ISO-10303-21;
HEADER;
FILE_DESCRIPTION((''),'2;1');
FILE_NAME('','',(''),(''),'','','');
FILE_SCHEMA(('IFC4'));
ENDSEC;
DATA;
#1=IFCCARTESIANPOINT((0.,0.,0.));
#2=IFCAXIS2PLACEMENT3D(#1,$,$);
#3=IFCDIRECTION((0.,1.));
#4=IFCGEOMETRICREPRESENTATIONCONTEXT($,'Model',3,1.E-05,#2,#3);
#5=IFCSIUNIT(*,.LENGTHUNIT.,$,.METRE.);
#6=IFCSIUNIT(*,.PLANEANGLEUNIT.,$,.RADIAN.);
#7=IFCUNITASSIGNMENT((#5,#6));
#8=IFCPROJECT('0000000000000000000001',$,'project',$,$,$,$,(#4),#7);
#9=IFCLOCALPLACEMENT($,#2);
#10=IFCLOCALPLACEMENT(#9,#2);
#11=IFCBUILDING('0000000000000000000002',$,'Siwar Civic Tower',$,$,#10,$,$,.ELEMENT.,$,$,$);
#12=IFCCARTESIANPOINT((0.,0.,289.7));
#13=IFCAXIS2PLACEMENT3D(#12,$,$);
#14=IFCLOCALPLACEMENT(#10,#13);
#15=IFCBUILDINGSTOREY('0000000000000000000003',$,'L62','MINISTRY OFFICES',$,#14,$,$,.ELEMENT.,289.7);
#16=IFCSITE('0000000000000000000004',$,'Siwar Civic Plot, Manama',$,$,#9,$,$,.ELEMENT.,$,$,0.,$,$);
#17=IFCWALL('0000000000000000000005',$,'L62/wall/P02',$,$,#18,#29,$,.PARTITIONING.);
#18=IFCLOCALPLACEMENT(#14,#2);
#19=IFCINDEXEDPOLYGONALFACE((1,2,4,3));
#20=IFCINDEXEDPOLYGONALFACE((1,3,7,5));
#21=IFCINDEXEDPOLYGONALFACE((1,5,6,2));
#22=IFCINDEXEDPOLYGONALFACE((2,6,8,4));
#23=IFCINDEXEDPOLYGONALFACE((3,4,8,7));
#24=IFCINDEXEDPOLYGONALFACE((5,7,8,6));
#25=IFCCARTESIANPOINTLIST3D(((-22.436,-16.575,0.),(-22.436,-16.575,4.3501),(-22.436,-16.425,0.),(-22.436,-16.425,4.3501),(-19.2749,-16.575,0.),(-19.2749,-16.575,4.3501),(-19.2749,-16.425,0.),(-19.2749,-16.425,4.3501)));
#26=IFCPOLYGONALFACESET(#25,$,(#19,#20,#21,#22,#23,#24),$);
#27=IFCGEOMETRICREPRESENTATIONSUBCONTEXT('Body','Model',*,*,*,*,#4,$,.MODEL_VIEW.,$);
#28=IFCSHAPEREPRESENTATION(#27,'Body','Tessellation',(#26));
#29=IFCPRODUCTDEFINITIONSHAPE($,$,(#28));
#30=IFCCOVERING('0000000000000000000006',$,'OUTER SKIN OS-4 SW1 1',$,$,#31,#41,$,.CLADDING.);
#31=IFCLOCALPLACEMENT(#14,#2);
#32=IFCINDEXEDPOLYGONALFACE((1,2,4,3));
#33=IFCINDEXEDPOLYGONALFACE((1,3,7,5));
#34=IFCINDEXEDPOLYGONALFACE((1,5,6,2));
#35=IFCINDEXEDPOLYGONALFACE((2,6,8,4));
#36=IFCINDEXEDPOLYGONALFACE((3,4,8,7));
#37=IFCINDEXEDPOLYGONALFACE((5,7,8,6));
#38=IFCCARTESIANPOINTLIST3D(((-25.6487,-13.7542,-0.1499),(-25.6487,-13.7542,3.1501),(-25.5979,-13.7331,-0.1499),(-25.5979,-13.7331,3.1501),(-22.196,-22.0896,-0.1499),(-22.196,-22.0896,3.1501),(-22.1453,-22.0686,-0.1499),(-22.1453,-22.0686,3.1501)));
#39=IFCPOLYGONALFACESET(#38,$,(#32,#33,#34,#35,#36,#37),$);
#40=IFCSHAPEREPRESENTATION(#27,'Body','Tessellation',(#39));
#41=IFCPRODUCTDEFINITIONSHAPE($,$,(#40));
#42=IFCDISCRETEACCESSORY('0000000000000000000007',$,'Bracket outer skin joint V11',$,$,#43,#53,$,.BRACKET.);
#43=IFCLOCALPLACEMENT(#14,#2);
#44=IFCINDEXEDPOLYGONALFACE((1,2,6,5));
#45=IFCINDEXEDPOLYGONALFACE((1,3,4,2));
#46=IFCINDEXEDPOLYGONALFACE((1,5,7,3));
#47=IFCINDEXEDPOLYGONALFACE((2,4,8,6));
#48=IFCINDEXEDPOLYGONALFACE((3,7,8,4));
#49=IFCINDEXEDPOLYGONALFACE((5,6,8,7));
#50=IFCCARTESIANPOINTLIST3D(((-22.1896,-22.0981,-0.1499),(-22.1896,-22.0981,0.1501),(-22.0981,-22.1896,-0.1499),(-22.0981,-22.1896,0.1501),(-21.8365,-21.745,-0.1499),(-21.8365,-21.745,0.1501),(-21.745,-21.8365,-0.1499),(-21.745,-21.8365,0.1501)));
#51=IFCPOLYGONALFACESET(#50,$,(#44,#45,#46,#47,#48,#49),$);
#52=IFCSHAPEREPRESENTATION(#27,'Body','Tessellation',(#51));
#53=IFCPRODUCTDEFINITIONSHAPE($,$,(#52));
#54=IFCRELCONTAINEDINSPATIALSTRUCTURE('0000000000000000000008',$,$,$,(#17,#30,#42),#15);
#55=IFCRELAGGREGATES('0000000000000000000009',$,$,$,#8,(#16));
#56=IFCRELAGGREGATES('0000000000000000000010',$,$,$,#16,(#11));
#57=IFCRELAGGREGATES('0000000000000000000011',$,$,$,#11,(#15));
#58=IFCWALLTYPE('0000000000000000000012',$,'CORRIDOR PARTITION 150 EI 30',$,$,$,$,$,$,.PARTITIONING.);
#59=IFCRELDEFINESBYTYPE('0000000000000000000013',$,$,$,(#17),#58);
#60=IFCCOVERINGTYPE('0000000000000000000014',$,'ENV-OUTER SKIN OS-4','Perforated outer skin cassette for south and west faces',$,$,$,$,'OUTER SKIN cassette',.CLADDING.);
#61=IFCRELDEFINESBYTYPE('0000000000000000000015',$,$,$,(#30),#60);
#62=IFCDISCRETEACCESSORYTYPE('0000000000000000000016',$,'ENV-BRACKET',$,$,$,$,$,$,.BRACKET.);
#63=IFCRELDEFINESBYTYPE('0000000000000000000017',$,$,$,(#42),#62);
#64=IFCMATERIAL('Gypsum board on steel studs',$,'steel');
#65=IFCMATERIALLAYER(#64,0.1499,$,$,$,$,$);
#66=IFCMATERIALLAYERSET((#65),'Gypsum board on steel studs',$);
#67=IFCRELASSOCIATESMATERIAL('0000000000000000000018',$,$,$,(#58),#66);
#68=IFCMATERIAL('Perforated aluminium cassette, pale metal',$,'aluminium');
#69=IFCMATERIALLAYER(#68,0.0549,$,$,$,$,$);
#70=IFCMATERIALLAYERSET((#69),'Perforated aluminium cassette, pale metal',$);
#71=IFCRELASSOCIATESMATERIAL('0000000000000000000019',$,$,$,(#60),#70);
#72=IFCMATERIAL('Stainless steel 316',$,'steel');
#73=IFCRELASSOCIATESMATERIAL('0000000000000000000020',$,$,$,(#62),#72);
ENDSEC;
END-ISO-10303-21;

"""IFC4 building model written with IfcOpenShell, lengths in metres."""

from ifc_helpers import new_model, si_unit, direction, frame, frame_2d, origin, origin_2d, place, context, subcontext, project, spatial, rectangle, extrude, material, layer, layer_set, type_object, element, save


model = new_model("IFC4")

# Units and contexts
model_context = context("Model", 3, precision=1e-05, world=origin(), true_north=direction((0.0, 1.0)))
body_context = subcontext(model_context, "Body", "Model", "MODEL_VIEW")
ifc_project = project(units=[si_unit("LENGTHUNIT", "METRE"), si_unit("PLANEANGLEUNIT", "RADIAN")], contexts=[model_context])

# Site, building, storey
site_placement = place(None, origin())
site = spatial("IfcSite", under=ifc_project, at=site_placement, Name="Siwar Civic Plot, Manama", CompositionType="ELEMENT", RefElevation=0.0)
building_placement = place(site_placement, origin())
building = spatial("IfcBuilding", under=site, at=building_placement, Name="Siwar Civic Tower", CompositionType="ELEMENT")
storey_placement = place(building_placement, frame((0.0, 0.0, 289.7)))
storey = spatial("IfcBuildingStorey", under=building, at=storey_placement, Name="L62", Description="MINISTRY OFFICES", CompositionType="ELEMENT", Elevation=289.7)

# Shared definitions
ifc_material_1 = material(Name="Gypsum board on steel studs", Category="steel")
ifc_layer_1 = layer(ifc_material_1, 0.1499)
ifc_layer_set_1 = layer_set([ifc_layer_1], Name="Gypsum board on steel studs")
wall_type = type_object("IfcWallType", Name="CORRIDOR PARTITION 150 EI 30", PredefinedType="PARTITIONING", material=ifc_layer_set_1)

# Wall
wall_1_placement = place(storey_placement, frame((-22.436, -16.5, 0.0), z_axis=(0.0, 0.0, 1.0), x_axis=(1.0, 0.0, 0.0)))
element("IfcWall", 1, at=wall_1_placement, inside=storey, type_object=wall_type, Name="L62/wall/P02", PredefinedType="PARTITIONING", context=body_context, shape_type="SweptSolid", body=[
    extrude(rectangle(XDim=3.1611, YDim=0.1499, at=frame_2d((1.5806, 0.0))), origin(), (0.0, 0.0, 1.0), 4.3501),
])

# Covering
ifc_material_2 = material(Name="Perforated aluminium cassette, pale metal", Category="aluminium")
ifc_layer_2 = layer(ifc_material_2, 0.0549)
ifc_layer_set_2 = layer_set([ifc_layer_2], Name="Perforated aluminium cassette, pale metal")
covering_type = type_object("IfcCoveringType", Name="ENV-OUTER SKIN OS-4", Description="Perforated outer skin cassette for south and west faces", ElementType="OUTER SKIN cassette", PredefinedType="CLADDING", material=ifc_layer_set_2)
covering_placement = place(storey_placement, frame((-23.897, -17.9114, -0.1499), z_axis=(0.0, 0.0, 1.0), x_axis=(0.382683, -0.92388, 0.0)))
element("IfcCovering", 2, at=covering_placement, inside=storey, type_object=covering_type, Name="OUTER SKIN OS-4 SW1 1", PredefinedType="CLADDING", context=body_context, shape_type="SweptSolid", body=[
    extrude(rectangle(XDim=9.0222, YDim=0.0549, at=origin_2d()), origin(), (0.0, 0.0, 1.0), 3.3),
])

# Discrete accessory
ifc_material_3 = material(Name="Stainless steel 316", Category="steel")
discrete_accessory_type = type_object("IfcDiscreteAccessoryType", Name="ENV-BRACKET", PredefinedType="BRACKET", material=ifc_material_3)
discrete_accessory_placement = place(storey_placement, frame((-21.9673, -21.9673, -0.1499), z_axis=(0.0, 0.0, 1.0), x_axis=(-0.707107, -0.707107, 0.0)))
element("IfcDiscreteAccessory", 3, at=discrete_accessory_placement, inside=storey, type_object=discrete_accessory_type, Name="Bracket outer skin joint V11", PredefinedType="BRACKET", context=body_context, shape_type="SweptSolid", body=[
    extrude(rectangle(XDim=0.4993, YDim=0.1294, at=origin_2d()), origin(), (0.0, 0.0, 1.0), 0.3),
])

save(model, "model.ifc")
